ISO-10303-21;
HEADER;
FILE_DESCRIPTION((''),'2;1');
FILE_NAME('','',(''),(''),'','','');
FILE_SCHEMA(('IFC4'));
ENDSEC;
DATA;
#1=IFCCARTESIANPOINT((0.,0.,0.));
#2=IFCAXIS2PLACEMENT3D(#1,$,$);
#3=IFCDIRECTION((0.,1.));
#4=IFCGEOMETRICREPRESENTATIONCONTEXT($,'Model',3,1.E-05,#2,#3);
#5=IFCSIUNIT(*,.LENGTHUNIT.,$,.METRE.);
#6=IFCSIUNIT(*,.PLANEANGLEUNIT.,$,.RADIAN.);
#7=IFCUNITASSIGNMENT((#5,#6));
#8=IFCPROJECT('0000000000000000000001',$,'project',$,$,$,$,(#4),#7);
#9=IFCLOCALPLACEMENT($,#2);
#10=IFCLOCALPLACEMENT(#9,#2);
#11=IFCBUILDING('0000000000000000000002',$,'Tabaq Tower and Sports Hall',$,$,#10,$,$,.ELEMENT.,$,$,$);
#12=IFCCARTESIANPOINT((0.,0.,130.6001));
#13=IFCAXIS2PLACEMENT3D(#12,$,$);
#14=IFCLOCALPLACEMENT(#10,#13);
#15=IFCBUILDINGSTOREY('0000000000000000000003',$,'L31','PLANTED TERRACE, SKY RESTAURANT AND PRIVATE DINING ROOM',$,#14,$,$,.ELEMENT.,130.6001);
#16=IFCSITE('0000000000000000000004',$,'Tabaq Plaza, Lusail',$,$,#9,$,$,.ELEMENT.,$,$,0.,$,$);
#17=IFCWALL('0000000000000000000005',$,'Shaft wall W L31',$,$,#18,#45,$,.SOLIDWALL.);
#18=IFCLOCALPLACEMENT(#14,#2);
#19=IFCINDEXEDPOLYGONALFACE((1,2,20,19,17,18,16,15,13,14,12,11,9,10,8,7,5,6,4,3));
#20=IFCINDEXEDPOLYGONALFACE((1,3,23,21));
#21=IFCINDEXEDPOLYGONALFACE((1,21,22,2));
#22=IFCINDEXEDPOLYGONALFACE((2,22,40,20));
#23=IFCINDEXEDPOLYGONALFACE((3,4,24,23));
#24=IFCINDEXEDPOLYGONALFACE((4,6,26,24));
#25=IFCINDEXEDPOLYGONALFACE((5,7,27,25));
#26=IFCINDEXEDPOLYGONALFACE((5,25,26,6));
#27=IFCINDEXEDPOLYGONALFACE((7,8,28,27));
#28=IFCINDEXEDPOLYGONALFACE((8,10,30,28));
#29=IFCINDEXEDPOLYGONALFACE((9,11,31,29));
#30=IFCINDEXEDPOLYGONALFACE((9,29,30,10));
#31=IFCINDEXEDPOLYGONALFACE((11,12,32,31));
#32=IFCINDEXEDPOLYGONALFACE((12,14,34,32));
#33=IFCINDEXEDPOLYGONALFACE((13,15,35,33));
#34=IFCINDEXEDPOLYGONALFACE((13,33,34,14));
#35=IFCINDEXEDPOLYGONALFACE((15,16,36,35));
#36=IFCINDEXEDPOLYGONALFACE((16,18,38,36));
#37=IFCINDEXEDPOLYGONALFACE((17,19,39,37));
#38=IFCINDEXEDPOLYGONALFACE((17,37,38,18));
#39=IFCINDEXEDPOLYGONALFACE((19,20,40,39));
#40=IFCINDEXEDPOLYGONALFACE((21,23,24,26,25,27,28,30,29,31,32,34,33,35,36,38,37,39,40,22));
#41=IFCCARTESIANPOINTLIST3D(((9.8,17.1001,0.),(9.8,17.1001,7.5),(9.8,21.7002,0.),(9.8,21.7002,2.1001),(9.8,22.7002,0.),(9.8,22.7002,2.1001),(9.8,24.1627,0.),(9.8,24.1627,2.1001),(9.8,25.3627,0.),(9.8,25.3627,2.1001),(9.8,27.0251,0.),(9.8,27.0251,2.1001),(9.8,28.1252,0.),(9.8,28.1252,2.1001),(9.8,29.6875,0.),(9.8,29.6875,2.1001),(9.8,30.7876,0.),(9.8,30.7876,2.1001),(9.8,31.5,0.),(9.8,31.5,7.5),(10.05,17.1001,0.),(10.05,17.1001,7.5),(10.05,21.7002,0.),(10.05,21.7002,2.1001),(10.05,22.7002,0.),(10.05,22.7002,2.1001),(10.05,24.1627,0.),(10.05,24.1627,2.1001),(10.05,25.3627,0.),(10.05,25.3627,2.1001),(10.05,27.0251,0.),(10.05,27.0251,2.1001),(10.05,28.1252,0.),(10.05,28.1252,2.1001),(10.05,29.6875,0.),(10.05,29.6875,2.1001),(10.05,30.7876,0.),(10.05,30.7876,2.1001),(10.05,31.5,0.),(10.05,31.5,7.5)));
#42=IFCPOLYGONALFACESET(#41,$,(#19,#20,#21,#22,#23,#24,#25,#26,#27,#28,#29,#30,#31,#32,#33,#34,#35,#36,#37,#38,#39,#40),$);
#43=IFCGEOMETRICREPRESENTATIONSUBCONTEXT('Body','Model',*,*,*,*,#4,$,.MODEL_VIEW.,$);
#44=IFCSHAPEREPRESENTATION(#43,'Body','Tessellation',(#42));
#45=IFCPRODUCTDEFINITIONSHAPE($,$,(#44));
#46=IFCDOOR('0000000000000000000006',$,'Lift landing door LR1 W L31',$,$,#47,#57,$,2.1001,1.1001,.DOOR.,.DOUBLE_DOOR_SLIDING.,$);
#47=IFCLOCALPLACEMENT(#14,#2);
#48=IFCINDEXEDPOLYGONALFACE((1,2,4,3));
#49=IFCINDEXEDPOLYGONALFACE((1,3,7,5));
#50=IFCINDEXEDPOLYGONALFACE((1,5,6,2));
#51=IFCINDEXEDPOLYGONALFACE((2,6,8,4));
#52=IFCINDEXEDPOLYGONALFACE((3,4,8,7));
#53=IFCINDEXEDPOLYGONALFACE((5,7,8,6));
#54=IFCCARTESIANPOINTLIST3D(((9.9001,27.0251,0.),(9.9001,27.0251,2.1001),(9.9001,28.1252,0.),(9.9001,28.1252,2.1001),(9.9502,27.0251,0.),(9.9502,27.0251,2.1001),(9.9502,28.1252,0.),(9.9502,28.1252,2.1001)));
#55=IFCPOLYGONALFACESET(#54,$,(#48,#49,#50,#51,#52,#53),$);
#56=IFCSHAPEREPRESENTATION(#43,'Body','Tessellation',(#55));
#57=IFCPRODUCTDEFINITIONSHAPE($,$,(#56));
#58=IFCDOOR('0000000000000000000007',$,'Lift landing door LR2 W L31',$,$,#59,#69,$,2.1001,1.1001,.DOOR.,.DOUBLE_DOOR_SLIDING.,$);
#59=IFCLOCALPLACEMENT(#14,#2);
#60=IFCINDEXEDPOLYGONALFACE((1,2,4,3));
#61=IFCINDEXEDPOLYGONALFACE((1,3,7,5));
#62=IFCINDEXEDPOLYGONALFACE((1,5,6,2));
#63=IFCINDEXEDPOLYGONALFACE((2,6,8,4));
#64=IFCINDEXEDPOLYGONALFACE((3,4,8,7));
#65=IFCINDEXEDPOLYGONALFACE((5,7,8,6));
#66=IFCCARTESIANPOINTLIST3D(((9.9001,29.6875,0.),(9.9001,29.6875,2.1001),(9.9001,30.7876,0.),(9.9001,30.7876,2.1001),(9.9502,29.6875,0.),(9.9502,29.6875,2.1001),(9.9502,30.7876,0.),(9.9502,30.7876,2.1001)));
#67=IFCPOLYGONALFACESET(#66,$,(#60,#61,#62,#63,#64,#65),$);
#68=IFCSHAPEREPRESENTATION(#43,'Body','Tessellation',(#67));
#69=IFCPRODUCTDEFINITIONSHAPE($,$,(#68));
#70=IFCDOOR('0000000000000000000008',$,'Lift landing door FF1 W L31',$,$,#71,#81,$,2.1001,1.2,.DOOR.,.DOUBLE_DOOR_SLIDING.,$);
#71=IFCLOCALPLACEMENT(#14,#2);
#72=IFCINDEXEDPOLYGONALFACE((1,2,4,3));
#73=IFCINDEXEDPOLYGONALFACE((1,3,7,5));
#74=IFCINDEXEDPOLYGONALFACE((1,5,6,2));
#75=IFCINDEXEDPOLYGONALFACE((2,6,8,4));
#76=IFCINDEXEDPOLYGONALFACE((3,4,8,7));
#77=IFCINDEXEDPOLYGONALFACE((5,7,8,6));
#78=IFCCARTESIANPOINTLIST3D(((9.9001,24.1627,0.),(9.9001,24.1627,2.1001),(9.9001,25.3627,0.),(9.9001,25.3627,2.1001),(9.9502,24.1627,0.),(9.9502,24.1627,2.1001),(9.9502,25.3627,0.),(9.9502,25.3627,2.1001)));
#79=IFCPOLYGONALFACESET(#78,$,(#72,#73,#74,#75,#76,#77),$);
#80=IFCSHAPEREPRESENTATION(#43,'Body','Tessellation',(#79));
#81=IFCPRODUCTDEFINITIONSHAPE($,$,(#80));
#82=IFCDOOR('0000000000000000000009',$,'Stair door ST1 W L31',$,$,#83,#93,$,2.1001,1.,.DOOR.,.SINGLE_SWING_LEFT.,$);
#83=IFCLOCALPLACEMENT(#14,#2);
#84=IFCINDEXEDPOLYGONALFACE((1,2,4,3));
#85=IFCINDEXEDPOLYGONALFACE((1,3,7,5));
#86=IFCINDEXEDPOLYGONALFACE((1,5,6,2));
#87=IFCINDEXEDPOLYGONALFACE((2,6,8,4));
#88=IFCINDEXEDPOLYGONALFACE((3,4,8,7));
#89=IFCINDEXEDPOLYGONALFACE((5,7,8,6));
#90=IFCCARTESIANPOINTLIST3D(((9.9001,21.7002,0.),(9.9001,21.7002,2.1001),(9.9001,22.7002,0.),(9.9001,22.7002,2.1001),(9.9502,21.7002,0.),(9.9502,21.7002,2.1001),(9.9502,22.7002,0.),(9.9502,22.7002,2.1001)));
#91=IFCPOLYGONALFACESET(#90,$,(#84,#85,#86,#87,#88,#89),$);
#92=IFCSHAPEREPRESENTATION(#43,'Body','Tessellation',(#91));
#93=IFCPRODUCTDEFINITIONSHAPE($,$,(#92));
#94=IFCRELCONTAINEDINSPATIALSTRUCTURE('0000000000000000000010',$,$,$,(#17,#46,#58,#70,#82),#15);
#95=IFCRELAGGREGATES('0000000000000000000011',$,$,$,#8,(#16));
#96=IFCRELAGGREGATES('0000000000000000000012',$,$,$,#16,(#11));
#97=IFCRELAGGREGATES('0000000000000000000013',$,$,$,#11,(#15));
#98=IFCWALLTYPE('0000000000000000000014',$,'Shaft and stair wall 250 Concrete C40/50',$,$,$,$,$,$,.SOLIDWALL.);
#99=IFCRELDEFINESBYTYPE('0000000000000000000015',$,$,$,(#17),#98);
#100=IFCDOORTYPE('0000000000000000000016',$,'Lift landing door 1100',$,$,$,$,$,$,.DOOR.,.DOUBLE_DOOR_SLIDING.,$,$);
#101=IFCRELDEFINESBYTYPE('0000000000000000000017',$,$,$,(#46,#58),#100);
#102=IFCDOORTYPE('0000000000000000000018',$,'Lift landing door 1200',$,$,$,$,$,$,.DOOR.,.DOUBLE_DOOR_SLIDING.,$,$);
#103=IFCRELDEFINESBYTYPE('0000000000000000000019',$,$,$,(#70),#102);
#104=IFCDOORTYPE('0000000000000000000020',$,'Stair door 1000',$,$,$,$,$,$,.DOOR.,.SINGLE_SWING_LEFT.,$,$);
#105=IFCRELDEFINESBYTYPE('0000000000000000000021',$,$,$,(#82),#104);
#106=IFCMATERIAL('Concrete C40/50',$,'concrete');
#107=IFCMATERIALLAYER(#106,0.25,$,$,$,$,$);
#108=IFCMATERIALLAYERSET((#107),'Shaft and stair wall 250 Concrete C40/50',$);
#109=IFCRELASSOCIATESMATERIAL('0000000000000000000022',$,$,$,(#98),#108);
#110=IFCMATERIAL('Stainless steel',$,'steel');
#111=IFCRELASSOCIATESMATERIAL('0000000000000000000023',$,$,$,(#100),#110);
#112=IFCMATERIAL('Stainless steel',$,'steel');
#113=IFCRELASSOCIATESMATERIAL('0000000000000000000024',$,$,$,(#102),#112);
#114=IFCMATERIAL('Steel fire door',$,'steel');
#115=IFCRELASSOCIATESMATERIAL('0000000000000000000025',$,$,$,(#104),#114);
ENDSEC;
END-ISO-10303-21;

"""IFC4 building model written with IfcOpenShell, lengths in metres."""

from ifc_helpers import new_model, si_unit, direction, frame, frame_2d, origin, place, context, subcontext, project, spatial, rectangle, extrude, material, layer, layer_set, type_object, element, fill, save


model = new_model("IFC4")

# Units and contexts
model_context = context("Model", 3, precision=1e-05, world=origin(), true_north=direction((0.0, 1.0)))
body_context = subcontext(model_context, "Body", "Model", "MODEL_VIEW")
ifc_project = project(units=[si_unit("LENGTHUNIT", "METRE"), si_unit("PLANEANGLEUNIT", "RADIAN")], contexts=[model_context])

# Site, building, storey
site_placement = place(None, origin())
site = spatial("IfcSite", under=ifc_project, at=site_placement, Name="Tabaq Plaza, Lusail", CompositionType="ELEMENT", RefElevation=0.0)
building_placement = place(site_placement, origin())
building = spatial("IfcBuilding", under=site, at=building_placement, Name="Tabaq Tower and Sports Hall", CompositionType="ELEMENT")
storey_placement = place(building_placement, frame((0.0, 0.0, 130.6001)))
storey = spatial("IfcBuildingStorey", under=building, at=storey_placement, Name="L31", Description="PLANTED TERRACE, SKY RESTAURANT AND PRIVATE DINING ROOM", CompositionType="ELEMENT", Elevation=130.6001)

# Wall, openings, doors
ifc_material_1 = material(Name="Concrete C40/50", Category="concrete")
ifc_layer = layer(ifc_material_1, 0.25)
ifc_layer_set = layer_set([ifc_layer], Name="Shaft and stair wall 250 Concrete C40/50")
wall_type = type_object("IfcWallType", Name="Shaft and stair wall 250 Concrete C40/50", PredefinedType="SOLIDWALL", material=ifc_layer_set)
wall_1_placement = place(storey_placement, frame((9.925, 17.1001, 0.0), z_axis=(0.0, 0.0, 1.0), x_axis=(0.0, 1.0, 0.0)))
wall_1 = element("IfcWall", 1, at=wall_1_placement, inside=storey, type_object=wall_type, Name="Shaft wall W L31", PredefinedType="SOLIDWALL", context=body_context, shape_type="SweptSolid", body=[
    extrude(rectangle(XDim=14.3999, YDim=0.25, at=frame_2d((7.2, 0.0))), origin(), (0.0, 0.0, 1.0), 7.5),
])
opening_1_placement = place(wall_1_placement, frame((4.6001, 0.0, 0.0)))
opening_1 = element("IfcOpeningElement", 2, at=opening_1_placement, cuts=wall_1, PredefinedType="OPENING", context=body_context, shape_type="SweptSolid", body=[
    extrude(rectangle(XDim=1.0, YDim=2.1001, at=frame_2d((0.5, 1.05))), frame((0.0, 0.125, 0.0), z_axis=(0.0, -1.0, 0.0), x_axis=(1.0, 0.0, 0.0)), (0.0, 0.0, 1.0), 0.25),
])
opening_2_placement = place(wall_1_placement, frame((7.0625, 0.0, 0.0)))
opening_2 = element("IfcOpeningElement", 3, at=opening_2_placement, cuts=wall_1, PredefinedType="OPENING", context=body_context, shape_type="SweptSolid", body=[
    extrude(rectangle(XDim=1.2, YDim=2.1001, at=frame_2d((0.6001, 1.05))), frame((0.0, 0.125, 0.0), z_axis=(0.0, -1.0, 0.0), x_axis=(1.0, 0.0, 0.0)), (0.0, 0.0, 1.0), 0.25),
])
opening_3_placement = place(wall_1_placement, frame((9.925, 0.0, 0.0)))
opening_3 = element("IfcOpeningElement", 4, at=opening_3_placement, cuts=wall_1, PredefinedType="OPENING", context=body_context, shape_type="SweptSolid", body=[
    extrude(rectangle(XDim=1.1001, YDim=2.1001, at=frame_2d((0.55, 1.05))), frame((0.0, 0.125, 0.0), z_axis=(0.0, -1.0, 0.0), x_axis=(1.0, 0.0, 0.0)), (0.0, 0.0, 1.0), 0.25),
])
opening_4_placement = place(wall_1_placement, frame((12.5874, 0.0, 0.0)))
opening_4 = element("IfcOpeningElement", 5, at=opening_4_placement, cuts=wall_1, PredefinedType="OPENING", context=body_context, shape_type="SweptSolid", body=[
    extrude(rectangle(XDim=1.1001, YDim=2.1001, at=frame_2d((0.55, 1.05))), frame((0.0, 0.125, 0.0), z_axis=(0.0, -1.0, 0.0), x_axis=(1.0, 0.0, 0.0)), (0.0, 0.0, 1.0), 0.25),
])
ifc_material_2 = material(Name="Stainless steel", Category="steel")
door_type_1 = type_object("IfcDoorType", Name="Lift landing door 1100", OperationType="DOUBLE_DOOR_SLIDING", PredefinedType="DOOR", material=ifc_material_2)
door_1_placement = place(opening_3_placement, origin())
door_1 = element("IfcDoor", 6, at=door_1_placement, inside=storey, type_object=door_type_1, Name="Lift landing door LR1 W L31", OperationType="DOUBLE_DOOR_SLIDING", OverallHeight=2.1001, OverallWidth=1.1001, PredefinedType="DOOR", context=body_context, shape_type="SweptSolid", body=[
    extrude(rectangle(XDim=1.1001, YDim=2.1001, at=frame_2d((0.55, 1.05))), frame((0.0, 0.0249, 0.0), z_axis=(0.0, -1.0, 0.0), x_axis=(1.0, 0.0, 0.0)), (0.0, 0.0, 1.0), 0.05),
])
fill(opening_3, door_1)
door_2_placement = place(opening_4_placement, origin())
door_2 = element("IfcDoor", 7, at=door_2_placement, inside=storey, type_object=door_type_1, Name="Lift landing door LR2 W L31", OperationType="DOUBLE_DOOR_SLIDING", OverallHeight=2.1001, OverallWidth=1.1001, PredefinedType="DOOR", context=body_context, shape_type="SweptSolid", body=[
    extrude(rectangle(XDim=1.1001, YDim=2.1001, at=frame_2d((0.55, 1.05))), frame((0.0, 0.0249, 0.0), z_axis=(0.0, -1.0, 0.0), x_axis=(1.0, 0.0, 0.0)), (0.0, 0.0, 1.0), 0.05),
])
fill(opening_4, door_2)
ifc_material_3 = material(Name="Stainless steel", Category="steel")
door_type_2 = type_object("IfcDoorType", Name="Lift landing door 1200", OperationType="DOUBLE_DOOR_SLIDING", PredefinedType="DOOR", material=ifc_material_3)
door_3_placement = place(opening_2_placement, origin())
door_3 = element("IfcDoor", 8, at=door_3_placement, inside=storey, type_object=door_type_2, Name="Lift landing door FF1 W L31", OperationType="DOUBLE_DOOR_SLIDING", OverallHeight=2.1001, OverallWidth=1.2, PredefinedType="DOOR", context=body_context, shape_type="SweptSolid", body=[
    extrude(rectangle(XDim=1.2, YDim=2.1001, at=frame_2d((0.6001, 1.05))), frame((0.0, 0.0249, 0.0), z_axis=(0.0, -1.0, 0.0), x_axis=(1.0, 0.0, 0.0)), (0.0, 0.0, 1.0), 0.05),
])
fill(opening_2, door_3)
ifc_material_4 = material(Name="Steel fire door", Category="steel")
door_type_3 = type_object("IfcDoorType", Name="Stair door 1000", OperationType="SINGLE_SWING_LEFT", PredefinedType="DOOR", material=ifc_material_4)
door_4_placement = place(opening_1_placement, origin())
door_4 = element("IfcDoor", 9, at=door_4_placement, inside=storey, type_object=door_type_3, Name="Stair door ST1 W L31", OperationType="SINGLE_SWING_LEFT", OverallHeight=2.1001, OverallWidth=1.0, PredefinedType="DOOR", context=body_context, shape_type="SweptSolid", body=[
    extrude(rectangle(XDim=1.0, YDim=2.1001, at=frame_2d((0.5, 1.05))), frame((0.0, 0.0249, 0.0), z_axis=(0.0, -1.0, 0.0), x_axis=(1.0, 0.0, 0.0)), (0.0, 0.0, 1.0), 0.05),
])
fill(opening_1, door_4)

save(model, "model.ifc")
